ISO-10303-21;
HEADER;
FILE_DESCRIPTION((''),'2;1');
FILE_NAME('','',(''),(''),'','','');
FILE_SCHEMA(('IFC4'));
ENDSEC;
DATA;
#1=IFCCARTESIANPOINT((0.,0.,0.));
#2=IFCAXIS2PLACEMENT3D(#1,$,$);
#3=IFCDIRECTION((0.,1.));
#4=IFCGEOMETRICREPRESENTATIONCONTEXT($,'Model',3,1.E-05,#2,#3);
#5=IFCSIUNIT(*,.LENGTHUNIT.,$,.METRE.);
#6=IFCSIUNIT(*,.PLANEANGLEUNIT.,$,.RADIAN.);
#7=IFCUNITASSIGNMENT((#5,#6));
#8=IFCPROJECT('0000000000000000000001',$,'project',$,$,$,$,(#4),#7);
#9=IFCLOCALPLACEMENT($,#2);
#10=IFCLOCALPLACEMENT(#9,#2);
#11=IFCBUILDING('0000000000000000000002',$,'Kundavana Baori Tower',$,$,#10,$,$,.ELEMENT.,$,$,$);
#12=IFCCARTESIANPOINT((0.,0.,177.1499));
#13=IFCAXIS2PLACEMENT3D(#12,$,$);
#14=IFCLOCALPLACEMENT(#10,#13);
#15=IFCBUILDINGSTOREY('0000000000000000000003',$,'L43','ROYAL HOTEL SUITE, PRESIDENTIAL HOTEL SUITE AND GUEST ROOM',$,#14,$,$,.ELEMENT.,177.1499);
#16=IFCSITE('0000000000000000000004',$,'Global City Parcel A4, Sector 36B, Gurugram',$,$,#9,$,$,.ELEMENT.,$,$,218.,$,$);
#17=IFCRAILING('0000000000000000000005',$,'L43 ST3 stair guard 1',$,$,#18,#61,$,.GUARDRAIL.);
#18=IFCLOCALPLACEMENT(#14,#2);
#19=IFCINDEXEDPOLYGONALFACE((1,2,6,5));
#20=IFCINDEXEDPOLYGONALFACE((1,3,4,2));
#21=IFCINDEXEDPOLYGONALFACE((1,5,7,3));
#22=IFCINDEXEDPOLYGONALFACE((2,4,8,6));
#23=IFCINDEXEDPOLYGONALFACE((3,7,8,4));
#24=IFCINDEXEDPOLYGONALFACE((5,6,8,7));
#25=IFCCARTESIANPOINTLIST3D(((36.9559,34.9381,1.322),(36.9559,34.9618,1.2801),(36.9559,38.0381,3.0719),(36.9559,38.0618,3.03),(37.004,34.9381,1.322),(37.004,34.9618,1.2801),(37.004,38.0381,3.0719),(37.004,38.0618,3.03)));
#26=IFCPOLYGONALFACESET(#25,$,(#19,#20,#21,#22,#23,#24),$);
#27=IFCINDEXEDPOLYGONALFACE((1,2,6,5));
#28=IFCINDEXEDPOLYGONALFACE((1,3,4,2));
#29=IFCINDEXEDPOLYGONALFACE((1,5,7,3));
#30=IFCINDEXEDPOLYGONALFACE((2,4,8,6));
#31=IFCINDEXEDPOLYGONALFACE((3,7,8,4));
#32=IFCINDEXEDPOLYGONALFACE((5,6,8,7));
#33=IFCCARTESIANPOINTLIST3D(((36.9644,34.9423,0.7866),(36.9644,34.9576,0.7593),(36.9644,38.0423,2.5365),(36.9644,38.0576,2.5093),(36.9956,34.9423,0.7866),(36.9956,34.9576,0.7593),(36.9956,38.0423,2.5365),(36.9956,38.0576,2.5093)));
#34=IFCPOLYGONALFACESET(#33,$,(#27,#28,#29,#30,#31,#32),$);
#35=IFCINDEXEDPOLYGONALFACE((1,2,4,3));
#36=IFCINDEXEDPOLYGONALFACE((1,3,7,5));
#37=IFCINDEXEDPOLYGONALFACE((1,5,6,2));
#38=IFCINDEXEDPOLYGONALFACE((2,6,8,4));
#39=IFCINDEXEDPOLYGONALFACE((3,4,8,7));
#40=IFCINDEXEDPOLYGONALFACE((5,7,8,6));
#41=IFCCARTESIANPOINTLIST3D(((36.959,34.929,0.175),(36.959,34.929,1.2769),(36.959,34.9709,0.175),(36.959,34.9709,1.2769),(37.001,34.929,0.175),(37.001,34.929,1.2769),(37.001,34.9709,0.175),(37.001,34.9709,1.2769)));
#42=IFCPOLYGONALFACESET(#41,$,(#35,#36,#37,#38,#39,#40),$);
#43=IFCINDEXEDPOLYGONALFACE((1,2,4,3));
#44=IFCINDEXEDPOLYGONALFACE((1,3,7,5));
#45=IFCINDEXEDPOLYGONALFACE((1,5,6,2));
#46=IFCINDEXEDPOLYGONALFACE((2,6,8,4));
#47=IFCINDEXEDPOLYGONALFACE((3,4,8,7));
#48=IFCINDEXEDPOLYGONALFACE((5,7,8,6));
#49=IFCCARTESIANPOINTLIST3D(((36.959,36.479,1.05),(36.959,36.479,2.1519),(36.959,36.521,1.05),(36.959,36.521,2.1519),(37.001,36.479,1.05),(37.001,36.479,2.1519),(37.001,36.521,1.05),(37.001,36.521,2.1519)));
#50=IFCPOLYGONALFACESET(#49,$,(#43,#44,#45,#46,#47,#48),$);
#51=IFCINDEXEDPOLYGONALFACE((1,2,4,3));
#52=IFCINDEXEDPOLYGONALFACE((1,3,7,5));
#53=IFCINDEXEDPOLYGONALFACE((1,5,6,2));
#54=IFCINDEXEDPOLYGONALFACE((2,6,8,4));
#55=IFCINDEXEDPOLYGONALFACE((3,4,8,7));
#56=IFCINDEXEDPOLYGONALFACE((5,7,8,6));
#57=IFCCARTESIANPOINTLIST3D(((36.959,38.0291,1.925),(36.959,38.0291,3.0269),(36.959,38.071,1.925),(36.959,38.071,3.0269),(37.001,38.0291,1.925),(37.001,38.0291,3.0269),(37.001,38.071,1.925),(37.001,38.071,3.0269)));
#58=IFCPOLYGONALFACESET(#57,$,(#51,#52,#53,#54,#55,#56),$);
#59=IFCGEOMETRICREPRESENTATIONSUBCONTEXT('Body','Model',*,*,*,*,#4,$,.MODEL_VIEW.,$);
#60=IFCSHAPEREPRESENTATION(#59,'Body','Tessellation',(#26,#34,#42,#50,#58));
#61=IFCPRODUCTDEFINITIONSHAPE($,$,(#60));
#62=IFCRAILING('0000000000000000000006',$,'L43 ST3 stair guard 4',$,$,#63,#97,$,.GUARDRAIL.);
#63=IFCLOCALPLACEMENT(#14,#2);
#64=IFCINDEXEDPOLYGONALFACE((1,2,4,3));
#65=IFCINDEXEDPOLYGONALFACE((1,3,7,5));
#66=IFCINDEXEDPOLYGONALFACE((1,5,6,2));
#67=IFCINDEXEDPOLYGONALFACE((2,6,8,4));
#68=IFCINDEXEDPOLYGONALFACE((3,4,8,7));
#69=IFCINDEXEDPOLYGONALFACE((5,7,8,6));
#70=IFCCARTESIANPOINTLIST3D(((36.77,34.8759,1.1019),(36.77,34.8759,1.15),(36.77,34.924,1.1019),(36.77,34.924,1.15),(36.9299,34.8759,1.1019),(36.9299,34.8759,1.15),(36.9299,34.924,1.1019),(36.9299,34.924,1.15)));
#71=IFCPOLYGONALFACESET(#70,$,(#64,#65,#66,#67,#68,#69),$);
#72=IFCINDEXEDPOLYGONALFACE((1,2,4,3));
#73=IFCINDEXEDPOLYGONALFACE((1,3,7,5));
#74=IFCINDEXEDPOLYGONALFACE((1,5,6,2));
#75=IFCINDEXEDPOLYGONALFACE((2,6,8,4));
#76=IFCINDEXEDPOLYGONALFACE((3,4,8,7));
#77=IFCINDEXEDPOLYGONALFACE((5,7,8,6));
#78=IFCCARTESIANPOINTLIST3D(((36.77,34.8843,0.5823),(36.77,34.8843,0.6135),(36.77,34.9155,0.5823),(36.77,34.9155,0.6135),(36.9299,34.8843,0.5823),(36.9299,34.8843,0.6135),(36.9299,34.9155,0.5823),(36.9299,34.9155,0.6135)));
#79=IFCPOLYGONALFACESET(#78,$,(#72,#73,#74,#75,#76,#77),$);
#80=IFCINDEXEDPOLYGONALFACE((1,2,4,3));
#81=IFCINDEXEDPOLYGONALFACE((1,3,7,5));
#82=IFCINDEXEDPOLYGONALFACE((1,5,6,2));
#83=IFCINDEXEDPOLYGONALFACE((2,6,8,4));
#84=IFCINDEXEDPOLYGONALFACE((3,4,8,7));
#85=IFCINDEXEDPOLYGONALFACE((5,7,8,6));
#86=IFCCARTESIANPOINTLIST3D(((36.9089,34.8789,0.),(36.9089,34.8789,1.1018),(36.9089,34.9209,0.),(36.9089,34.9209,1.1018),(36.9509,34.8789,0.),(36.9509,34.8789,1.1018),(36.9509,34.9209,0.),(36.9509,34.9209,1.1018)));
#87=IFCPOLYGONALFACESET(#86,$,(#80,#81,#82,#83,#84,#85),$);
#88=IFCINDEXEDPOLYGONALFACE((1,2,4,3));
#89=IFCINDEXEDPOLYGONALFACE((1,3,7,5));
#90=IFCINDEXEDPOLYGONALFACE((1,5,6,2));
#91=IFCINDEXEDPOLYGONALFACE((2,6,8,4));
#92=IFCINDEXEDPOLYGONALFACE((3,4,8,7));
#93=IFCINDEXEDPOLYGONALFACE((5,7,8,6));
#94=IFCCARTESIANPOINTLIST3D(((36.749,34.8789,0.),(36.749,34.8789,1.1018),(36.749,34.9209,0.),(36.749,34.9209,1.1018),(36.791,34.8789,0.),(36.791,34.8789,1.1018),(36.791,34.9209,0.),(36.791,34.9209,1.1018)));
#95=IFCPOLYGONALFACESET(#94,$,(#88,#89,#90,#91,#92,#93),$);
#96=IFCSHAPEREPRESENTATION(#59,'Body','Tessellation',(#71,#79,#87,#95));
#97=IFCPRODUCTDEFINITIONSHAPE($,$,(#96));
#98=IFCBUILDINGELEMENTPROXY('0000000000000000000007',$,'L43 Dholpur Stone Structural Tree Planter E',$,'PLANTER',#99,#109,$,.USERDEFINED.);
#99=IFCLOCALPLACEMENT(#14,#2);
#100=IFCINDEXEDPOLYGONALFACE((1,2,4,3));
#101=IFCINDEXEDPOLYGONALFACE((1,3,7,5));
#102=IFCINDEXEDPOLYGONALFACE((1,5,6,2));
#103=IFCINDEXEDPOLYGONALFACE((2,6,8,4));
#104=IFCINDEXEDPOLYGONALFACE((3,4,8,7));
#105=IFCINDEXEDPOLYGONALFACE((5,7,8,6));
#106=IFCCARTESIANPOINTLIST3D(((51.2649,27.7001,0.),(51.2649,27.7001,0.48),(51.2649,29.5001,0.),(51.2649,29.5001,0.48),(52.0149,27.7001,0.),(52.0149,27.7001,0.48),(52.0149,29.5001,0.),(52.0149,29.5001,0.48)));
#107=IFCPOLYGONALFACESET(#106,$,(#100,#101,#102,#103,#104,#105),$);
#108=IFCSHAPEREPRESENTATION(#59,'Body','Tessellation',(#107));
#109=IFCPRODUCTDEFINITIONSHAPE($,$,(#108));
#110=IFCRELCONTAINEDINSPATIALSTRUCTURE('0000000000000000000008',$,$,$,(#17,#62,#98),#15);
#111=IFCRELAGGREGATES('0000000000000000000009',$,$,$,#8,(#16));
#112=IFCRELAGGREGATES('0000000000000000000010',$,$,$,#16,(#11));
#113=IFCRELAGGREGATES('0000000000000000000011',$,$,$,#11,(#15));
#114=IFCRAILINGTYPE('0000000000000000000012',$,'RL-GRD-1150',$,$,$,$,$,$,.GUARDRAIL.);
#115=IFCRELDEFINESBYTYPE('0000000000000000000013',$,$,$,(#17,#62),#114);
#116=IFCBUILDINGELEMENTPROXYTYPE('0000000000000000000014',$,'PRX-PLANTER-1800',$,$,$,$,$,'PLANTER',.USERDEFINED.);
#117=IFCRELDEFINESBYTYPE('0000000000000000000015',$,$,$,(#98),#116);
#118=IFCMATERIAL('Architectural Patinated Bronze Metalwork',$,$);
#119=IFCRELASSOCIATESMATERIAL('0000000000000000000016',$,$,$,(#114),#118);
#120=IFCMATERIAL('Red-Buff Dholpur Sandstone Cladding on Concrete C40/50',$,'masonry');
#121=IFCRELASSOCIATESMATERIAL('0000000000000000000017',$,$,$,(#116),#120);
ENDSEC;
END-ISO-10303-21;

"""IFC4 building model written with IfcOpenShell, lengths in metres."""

from ifc_helpers import new_model, si_unit, direction, frame, origin, origin_2d, place, context, subcontext, project, spatial, rectangle, extrude, material, type_object, element, save


model = new_model("IFC4")

# Units and contexts
model_context = context("Model", 3, precision=1e-05, world=origin(), true_north=direction((0.0, 1.0)))
body_context = subcontext(model_context, "Body", "Model", "MODEL_VIEW")
ifc_project = project(units=[si_unit("LENGTHUNIT", "METRE"), si_unit("PLANEANGLEUNIT", "RADIAN")], contexts=[model_context])

# Site, building, storey
site_placement = place(None, origin())
site = spatial("IfcSite", under=ifc_project, at=site_placement, Name="Global City Parcel A4, Sector 36B, Gurugram", CompositionType="ELEMENT", RefElevation=218.0)
building_placement = place(site_placement, origin())
building = spatial("IfcBuilding", under=site, at=building_placement, Name="Kundavana Baori Tower", CompositionType="ELEMENT")
storey_placement = place(building_placement, frame((0.0, 0.0, 177.1499)))
storey = spatial("IfcBuildingStorey", under=building, at=storey_placement, Name="L43", Description="ROYAL HOTEL SUITE, PRESIDENTIAL HOTEL SUITE AND GUEST ROOM", CompositionType="ELEMENT", Elevation=177.1499)

# Railings
ifc_material_1 = material(Name="Architectural Patinated Bronze Metalwork")
railing_type = type_object("IfcRailingType", Name="RL-GRD-1150", PredefinedType="GUARDRAIL", material=ifc_material_1)
railing_1_placement = place(storey_placement, frame((36.98, 34.95, 0.175)))
element("IfcRailing", 1, at=railing_1_placement, inside=storey, type_object=railing_type, Name="L43 ST3 stair guard 1", PredefinedType="GUARDRAIL", context=body_context, shape_type="SweptSolid", body=[
    extrude(rectangle(XDim=0.0481, YDim=0.0481, at=origin_2d()), frame((0.0, 0.0, 1.126), z_axis=(0.0, 0.870831, 0.491583), x_axis=(-1.0, 0.0, 0.0)), (0.0, 0.0, 1.0), 3.5598),
    extrude(rectangle(XDim=0.0312, YDim=0.0312, at=origin_2d()), frame((0.0, 0.0, 0.5979), z_axis=(0.0, 0.870831, 0.491583), x_axis=(-1.0, 0.0, 0.0)), (0.0, 0.0, 1.0), 3.5598),
    extrude(rectangle(XDim=0.042, YDim=0.042, at=origin_2d()), origin(), (0.0, 0.0, 1.0), 1.1018),
    extrude(rectangle(XDim=0.042, YDim=0.042, at=origin_2d()), frame((0.0, 1.55, 0.875)), (0.0, 0.0, 1.0), 1.1018),
    extrude(rectangle(XDim=0.042, YDim=0.042, at=origin_2d()), frame((0.0, 3.1001, 1.75)), (0.0, 0.0, 1.0), 1.1018),
])
railing_2_placement = place(storey_placement, frame((36.9299, 34.8999, 0.0)))
element("IfcRailing", 2, at=railing_2_placement, inside=storey, type_object=railing_type, Name="L43 ST3 stair guard 4", PredefinedType="GUARDRAIL", context=body_context, shape_type="SweptSolid", body=[
    extrude(rectangle(XDim=0.0481, YDim=0.0481, at=origin_2d()), frame((0.0, 0.0, 1.126), z_axis=(-1.0, 0.0, 0.0), x_axis=(0.0, -1.0, 0.0)), (0.0, 0.0, 1.0), 0.1599),
    extrude(rectangle(XDim=0.0312, YDim=0.0312, at=origin_2d()), frame((0.0, 0.0, 0.5979), z_axis=(-1.0, 0.0, 0.0), x_axis=(0.0, -1.0, 0.0)), (0.0, 0.0, 1.0), 0.1599),
    extrude(rectangle(XDim=0.042, YDim=0.042, at=origin_2d()), origin(), (0.0, 0.0, 1.0), 1.1018),
    extrude(rectangle(XDim=0.042, YDim=0.042, at=origin_2d()), frame((-0.1599, 0.0, 0.0)), (0.0, 0.0, 1.0), 1.1018),
])

# Building element proxy
ifc_material_2 = material(Name="Red-Buff Dholpur Sandstone Cladding on Concrete C40/50", Category="masonry")
building_element_proxy_type = type_object("IfcBuildingElementProxyType", Name="PRX-PLANTER-1800", ElementType="PLANTER", PredefinedType="USERDEFINED", material=ifc_material_2)
proxy_placement = place(storey_placement, frame((51.6399, 28.6001, 0.0), z_axis=(0.0, 0.0, 1.0), x_axis=(0.0, 1.0, 0.0)))
element("IfcBuildingElementProxy", 3, at=proxy_placement, inside=storey, type_object=building_element_proxy_type, Name="L43 Dholpur Stone Structural Tree Planter E", ObjectType="PLANTER", PredefinedType="USERDEFINED", context=body_context, shape_type="SweptSolid", body=[
    extrude(rectangle(XDim=1.8, YDim=0.75, at=origin_2d()), origin(), (0.0, 0.0, 1.0), 0.48),
])

save(model, "model.ifc")
